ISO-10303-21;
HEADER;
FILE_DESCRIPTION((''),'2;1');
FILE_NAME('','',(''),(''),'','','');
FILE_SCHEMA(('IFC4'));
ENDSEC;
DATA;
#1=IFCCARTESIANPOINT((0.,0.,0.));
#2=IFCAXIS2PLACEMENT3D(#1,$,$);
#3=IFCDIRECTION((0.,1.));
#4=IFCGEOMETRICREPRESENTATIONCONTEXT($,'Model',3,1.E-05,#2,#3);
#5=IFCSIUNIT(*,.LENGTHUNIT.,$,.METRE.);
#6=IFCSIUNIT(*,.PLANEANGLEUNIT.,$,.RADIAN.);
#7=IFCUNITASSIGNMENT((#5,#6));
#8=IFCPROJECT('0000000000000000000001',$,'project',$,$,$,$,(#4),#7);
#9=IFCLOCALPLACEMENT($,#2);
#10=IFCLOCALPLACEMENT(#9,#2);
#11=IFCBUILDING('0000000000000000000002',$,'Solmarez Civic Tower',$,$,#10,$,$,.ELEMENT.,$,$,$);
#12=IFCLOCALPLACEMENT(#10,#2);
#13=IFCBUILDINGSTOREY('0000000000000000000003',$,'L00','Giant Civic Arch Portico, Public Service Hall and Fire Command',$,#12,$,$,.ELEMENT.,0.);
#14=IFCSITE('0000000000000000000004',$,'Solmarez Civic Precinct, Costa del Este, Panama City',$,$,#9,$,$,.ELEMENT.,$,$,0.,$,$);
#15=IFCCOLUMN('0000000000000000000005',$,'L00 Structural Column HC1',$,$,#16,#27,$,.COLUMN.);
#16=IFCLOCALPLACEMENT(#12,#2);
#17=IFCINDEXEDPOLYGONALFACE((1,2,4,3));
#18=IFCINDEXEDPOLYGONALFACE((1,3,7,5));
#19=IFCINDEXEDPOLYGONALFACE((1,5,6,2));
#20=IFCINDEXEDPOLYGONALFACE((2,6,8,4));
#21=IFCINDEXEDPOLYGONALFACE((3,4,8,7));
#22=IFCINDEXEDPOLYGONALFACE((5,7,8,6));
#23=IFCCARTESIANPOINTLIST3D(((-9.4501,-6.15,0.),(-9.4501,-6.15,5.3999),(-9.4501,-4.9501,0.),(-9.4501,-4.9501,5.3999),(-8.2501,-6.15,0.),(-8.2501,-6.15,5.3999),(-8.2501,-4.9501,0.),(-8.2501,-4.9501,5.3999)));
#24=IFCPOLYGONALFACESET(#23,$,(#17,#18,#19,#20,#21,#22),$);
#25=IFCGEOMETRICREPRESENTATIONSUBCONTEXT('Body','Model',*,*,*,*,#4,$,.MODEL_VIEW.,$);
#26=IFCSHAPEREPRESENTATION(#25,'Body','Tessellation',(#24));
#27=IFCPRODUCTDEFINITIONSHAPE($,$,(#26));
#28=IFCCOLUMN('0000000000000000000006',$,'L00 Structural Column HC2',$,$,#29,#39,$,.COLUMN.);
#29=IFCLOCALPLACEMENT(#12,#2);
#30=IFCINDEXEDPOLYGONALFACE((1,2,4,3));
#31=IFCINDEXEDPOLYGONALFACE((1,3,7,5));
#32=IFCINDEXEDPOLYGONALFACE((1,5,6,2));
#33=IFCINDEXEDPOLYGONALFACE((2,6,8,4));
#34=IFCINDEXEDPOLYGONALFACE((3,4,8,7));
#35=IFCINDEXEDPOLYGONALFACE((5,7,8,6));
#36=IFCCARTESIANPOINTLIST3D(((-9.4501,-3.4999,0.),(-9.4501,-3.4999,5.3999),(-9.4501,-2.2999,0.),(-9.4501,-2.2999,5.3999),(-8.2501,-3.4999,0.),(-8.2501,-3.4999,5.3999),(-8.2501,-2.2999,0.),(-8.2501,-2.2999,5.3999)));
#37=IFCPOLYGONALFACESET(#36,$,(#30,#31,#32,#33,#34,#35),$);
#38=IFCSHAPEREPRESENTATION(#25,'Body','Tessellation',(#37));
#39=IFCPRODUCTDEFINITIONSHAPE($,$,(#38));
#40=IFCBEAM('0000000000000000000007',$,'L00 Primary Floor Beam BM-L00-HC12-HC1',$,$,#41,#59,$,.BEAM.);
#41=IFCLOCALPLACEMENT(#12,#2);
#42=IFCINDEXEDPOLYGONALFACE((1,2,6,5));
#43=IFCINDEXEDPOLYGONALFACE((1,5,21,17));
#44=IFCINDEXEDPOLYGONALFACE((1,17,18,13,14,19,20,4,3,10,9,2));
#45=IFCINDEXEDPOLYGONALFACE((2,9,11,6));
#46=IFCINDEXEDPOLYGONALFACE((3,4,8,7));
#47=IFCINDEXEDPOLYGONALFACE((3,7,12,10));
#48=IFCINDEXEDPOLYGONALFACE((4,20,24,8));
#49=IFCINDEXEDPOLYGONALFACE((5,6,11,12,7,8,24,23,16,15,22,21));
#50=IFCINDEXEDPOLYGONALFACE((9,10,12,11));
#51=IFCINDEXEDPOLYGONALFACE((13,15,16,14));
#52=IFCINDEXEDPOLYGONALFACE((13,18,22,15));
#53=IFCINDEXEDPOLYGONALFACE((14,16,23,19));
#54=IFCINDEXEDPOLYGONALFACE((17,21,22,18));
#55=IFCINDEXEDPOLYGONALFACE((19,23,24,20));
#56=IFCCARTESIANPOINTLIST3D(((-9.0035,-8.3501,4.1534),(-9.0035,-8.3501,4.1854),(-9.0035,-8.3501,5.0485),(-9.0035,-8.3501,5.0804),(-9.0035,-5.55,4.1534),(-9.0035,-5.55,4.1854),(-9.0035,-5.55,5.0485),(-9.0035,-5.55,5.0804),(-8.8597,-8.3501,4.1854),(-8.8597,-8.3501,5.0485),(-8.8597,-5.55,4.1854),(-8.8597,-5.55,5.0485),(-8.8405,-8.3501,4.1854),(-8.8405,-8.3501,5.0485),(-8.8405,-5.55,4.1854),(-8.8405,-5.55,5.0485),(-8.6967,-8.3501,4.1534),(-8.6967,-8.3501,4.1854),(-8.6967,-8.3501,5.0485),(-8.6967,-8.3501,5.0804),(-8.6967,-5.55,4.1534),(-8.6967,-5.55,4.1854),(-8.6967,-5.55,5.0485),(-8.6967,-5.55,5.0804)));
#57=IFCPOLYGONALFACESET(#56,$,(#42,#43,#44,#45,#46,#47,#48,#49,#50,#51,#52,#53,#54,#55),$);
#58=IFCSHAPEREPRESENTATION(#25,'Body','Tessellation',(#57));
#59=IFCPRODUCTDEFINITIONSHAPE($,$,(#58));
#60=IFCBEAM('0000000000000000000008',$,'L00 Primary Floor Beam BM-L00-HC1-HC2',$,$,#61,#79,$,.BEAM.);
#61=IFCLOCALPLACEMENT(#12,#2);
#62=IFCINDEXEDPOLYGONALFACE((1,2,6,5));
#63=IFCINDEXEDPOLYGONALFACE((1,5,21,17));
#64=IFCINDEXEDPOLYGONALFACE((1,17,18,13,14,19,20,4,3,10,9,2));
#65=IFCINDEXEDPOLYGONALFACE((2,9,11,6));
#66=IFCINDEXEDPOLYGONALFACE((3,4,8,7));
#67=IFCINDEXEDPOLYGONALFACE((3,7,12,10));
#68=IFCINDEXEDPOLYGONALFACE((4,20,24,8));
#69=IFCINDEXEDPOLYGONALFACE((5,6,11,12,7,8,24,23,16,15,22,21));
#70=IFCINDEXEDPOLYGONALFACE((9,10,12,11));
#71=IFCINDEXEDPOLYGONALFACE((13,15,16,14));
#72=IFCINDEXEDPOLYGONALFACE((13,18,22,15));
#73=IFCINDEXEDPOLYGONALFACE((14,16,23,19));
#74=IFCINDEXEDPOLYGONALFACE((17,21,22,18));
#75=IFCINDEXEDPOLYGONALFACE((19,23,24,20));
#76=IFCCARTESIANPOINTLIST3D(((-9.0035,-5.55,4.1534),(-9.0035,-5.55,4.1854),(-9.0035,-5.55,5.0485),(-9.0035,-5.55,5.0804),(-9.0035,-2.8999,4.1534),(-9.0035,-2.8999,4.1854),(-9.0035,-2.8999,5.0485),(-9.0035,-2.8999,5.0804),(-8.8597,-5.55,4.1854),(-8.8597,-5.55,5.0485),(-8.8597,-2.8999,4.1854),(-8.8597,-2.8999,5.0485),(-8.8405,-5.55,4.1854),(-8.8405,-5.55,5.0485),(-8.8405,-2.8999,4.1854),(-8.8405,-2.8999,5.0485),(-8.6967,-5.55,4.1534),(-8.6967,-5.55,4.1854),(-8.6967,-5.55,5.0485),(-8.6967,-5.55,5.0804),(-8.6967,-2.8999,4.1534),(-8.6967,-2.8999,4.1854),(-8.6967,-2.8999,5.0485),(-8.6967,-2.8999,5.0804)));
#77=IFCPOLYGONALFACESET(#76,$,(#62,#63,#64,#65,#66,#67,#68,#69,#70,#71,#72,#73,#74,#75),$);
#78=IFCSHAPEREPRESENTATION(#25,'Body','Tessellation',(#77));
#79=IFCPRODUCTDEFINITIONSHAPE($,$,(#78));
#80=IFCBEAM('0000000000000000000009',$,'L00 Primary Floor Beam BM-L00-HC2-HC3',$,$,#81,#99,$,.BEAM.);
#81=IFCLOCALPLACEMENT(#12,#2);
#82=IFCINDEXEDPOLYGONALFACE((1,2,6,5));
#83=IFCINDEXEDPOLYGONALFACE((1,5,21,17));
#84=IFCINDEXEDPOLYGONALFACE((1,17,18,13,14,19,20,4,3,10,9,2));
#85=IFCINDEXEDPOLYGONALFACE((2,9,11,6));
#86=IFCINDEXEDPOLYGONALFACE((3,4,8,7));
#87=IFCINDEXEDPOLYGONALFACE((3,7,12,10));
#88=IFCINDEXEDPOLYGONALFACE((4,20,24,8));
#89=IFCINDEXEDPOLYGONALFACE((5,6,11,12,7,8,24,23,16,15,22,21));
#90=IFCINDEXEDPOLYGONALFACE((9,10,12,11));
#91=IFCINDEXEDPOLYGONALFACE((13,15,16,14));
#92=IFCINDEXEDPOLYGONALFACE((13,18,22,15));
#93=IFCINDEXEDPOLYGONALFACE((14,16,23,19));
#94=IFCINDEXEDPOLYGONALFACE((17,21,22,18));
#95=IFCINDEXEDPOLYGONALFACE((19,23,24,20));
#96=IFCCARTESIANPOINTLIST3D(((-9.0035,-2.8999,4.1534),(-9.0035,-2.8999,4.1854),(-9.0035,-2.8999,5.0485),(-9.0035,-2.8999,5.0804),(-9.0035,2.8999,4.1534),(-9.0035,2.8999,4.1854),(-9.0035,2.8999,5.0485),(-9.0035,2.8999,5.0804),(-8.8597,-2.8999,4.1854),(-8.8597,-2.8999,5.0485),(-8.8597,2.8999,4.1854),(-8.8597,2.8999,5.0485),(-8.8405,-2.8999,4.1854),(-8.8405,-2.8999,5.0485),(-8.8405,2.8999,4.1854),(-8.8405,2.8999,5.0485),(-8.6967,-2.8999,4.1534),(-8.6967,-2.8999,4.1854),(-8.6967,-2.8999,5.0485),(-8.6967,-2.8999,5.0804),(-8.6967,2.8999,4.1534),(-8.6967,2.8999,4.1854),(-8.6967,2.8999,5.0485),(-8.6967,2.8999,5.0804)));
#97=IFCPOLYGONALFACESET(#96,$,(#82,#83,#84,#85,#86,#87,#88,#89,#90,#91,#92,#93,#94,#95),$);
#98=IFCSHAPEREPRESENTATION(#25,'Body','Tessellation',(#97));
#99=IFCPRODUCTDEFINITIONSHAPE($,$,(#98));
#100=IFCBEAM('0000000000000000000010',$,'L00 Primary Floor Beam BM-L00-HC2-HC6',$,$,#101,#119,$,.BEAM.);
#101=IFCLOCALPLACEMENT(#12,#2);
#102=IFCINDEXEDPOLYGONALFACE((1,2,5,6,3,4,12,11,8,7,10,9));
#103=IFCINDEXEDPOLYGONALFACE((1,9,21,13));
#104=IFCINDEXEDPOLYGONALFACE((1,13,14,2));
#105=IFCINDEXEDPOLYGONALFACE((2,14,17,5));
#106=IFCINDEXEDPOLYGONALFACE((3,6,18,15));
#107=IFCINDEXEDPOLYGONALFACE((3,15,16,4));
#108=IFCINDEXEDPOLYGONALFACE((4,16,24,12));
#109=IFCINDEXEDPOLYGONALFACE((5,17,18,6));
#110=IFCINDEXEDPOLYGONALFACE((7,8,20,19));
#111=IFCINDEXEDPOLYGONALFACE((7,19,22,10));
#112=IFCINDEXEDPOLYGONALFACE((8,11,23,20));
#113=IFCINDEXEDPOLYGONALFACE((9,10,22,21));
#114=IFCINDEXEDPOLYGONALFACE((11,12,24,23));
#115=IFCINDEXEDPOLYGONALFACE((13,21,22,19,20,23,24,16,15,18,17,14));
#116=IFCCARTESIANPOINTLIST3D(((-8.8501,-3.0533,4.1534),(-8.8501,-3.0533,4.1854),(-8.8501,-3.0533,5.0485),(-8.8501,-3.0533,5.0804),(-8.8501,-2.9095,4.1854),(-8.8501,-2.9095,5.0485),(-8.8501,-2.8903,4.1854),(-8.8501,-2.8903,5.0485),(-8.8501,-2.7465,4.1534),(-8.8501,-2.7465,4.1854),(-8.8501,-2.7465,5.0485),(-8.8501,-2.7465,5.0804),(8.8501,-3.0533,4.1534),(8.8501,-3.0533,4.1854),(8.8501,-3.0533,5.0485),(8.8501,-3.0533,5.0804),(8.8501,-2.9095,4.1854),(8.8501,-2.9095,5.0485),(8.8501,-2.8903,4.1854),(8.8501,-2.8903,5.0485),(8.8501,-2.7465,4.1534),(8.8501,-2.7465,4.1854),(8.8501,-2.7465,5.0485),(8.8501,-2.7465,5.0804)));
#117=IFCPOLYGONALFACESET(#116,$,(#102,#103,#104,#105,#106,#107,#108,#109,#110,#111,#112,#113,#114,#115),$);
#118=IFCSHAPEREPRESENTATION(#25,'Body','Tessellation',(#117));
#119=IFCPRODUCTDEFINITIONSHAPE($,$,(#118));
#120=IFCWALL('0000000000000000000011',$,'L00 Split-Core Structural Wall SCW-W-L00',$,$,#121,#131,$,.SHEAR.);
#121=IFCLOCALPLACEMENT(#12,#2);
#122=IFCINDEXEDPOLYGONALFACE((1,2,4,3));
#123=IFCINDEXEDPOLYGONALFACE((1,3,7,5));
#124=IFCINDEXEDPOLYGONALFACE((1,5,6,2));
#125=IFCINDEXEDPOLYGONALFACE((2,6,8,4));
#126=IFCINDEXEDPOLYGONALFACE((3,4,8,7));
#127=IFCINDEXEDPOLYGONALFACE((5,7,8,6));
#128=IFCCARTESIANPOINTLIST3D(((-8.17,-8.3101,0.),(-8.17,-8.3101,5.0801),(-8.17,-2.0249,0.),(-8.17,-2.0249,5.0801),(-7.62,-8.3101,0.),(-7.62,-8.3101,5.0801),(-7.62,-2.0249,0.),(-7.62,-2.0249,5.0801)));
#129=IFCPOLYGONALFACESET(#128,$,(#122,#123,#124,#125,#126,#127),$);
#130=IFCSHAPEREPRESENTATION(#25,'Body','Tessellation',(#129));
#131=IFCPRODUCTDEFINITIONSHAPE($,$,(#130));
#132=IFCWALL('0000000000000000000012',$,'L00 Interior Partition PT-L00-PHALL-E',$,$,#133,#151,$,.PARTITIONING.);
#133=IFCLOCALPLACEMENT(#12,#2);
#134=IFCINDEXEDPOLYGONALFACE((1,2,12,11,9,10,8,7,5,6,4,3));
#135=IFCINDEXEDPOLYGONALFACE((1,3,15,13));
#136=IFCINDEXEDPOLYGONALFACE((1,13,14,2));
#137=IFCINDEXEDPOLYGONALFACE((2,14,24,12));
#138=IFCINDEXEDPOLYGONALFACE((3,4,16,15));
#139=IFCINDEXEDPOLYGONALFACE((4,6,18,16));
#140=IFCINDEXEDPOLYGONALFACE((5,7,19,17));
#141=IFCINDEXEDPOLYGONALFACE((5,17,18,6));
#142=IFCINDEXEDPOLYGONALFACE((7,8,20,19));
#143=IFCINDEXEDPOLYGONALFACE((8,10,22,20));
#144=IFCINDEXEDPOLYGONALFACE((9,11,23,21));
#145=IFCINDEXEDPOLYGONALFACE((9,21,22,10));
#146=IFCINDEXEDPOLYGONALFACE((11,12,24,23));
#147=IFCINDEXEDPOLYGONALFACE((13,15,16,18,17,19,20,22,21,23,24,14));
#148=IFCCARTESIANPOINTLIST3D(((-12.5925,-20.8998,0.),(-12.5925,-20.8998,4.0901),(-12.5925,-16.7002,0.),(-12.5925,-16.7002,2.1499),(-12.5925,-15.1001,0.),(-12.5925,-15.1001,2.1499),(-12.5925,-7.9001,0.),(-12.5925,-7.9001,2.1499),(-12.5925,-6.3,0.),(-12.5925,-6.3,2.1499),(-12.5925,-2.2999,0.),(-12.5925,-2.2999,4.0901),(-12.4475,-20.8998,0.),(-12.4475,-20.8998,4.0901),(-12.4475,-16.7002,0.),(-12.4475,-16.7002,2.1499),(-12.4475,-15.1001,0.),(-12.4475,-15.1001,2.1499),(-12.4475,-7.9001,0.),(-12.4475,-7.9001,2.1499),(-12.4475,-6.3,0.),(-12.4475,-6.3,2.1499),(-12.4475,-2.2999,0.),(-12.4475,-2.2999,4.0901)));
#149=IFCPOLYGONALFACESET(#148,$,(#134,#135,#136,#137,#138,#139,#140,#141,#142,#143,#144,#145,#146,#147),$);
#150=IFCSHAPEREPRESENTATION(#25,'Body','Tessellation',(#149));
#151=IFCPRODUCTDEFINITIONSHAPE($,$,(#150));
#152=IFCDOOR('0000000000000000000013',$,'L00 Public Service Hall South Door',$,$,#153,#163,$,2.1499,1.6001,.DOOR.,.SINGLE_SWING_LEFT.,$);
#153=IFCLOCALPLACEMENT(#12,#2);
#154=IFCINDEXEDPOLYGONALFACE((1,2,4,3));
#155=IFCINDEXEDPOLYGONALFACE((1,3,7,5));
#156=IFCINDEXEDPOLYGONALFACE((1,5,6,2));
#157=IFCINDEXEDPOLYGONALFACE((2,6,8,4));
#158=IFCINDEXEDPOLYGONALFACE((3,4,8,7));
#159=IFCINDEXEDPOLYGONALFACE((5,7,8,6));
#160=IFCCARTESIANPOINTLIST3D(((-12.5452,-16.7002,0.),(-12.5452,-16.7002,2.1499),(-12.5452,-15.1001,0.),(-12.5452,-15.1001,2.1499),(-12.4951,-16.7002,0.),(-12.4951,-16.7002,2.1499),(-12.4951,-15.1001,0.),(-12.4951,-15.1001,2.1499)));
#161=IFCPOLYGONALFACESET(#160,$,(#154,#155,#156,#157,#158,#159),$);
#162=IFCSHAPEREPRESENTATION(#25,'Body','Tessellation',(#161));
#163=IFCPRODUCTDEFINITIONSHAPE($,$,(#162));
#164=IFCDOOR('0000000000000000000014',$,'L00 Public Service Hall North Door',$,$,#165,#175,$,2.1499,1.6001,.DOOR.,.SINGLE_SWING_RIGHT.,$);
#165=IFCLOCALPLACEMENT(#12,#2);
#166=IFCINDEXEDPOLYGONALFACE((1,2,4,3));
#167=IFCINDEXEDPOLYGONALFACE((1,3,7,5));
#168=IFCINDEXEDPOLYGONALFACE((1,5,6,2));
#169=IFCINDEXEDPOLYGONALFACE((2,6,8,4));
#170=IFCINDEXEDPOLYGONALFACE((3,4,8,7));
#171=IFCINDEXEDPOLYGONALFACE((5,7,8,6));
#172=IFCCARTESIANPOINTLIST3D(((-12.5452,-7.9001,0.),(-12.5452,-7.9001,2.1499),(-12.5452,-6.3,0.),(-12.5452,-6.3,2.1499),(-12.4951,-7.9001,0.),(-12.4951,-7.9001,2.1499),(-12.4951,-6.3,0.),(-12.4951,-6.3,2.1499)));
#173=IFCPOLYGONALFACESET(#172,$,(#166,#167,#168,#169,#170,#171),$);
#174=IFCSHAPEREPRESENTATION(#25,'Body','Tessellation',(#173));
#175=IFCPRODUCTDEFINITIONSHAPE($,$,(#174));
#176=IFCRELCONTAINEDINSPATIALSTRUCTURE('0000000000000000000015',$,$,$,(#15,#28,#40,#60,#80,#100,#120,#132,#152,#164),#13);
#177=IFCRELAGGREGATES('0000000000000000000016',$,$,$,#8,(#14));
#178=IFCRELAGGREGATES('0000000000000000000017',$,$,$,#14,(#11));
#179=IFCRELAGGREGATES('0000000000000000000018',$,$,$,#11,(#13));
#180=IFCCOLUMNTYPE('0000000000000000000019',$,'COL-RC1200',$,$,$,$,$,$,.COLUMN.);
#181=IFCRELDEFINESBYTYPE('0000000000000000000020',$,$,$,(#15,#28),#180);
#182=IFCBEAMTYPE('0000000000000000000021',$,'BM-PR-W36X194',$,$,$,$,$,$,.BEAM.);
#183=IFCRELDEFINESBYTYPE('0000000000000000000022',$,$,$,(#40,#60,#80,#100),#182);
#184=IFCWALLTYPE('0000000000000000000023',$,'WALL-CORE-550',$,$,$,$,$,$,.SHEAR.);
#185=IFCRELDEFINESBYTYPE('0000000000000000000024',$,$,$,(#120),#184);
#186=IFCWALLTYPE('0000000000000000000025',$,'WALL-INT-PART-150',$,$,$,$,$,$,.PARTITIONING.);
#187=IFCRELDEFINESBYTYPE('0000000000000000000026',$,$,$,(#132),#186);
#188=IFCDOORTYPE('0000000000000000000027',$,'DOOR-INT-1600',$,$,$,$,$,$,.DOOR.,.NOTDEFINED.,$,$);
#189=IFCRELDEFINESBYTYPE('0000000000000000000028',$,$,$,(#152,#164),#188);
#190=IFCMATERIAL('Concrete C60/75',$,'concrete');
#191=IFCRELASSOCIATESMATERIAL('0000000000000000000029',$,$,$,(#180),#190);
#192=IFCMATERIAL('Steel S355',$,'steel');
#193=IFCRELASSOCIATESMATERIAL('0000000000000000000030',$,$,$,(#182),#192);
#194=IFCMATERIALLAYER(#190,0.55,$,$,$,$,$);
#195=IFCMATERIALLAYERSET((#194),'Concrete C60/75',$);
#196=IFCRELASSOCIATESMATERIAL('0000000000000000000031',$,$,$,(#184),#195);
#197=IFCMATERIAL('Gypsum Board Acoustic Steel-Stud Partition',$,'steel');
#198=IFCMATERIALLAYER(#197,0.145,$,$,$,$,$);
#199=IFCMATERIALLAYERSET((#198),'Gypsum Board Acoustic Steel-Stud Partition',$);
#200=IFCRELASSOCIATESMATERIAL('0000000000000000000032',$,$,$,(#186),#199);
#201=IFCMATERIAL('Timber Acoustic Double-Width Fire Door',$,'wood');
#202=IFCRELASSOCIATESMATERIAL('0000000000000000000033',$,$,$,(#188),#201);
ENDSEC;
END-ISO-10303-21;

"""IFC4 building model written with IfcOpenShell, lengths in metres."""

from ifc_helpers import new_model, si_unit, direction, frame, frame_2d, origin, origin_2d, place, context, subcontext, project, spatial, rectangle, i_section, extrude, material, layer, layer_set, material_profile, profile_set, type_object, element, fill, save


model = new_model("IFC4")

# Units and contexts
model_context = context("Model", 3, precision=1e-05, world=origin(), true_north=direction((0.0, 1.0)))
body_context = subcontext(model_context, "Body", "Model", "MODEL_VIEW")
ifc_project = project(units=[si_unit("LENGTHUNIT", "METRE"), si_unit("PLANEANGLEUNIT", "RADIAN")], contexts=[model_context])

# Site, building, storey
site_placement = place(None, origin())
site = spatial("IfcSite", under=ifc_project, at=site_placement, Name="Solmarez Civic Precinct, Costa del Este, Panama City", CompositionType="ELEMENT", RefElevation=0.0)
building_placement = place(site_placement, origin())
building = spatial("IfcBuilding", under=site, at=building_placement, Name="Solmarez Civic Tower", CompositionType="ELEMENT")
storey_placement = place(building_placement, origin())
storey = spatial("IfcBuildingStorey", under=building, at=storey_placement, Name="L00", Description="Giant Civic Arch Portico, Public Service Hall and Fire Command", CompositionType="ELEMENT", Elevation=0.0)

# Columns
ifc_material_1 = material(Name="Concrete C60/75", Category="concrete")
ifc_material_profile_1 = material_profile(ifc_material_1, rectangle(XDim=1.2, YDim=1.2, at=origin_2d()), Name="RC1200X1200")
ifc_profile_set_1 = profile_set([ifc_material_profile_1], Name="Concrete C60/75")
column_type = type_object("IfcColumnType", Name="COL-RC1200", PredefinedType="COLUMN", material=ifc_profile_set_1)
for number, where, z_axis, x_axis, name in (
    (1, (-8.8501, -5.55, 0.0), (0.0, 0.0, 1.0), (1.0, 0.0, 0.0), "L00 Structural Column HC1"),
    (2, (-8.8501, -2.8999, 0.0), (0.0, 0.0, 1.0), (1.0, 0.0, 0.0), "L00 Structural Column HC2"),
):
    element("IfcColumn", number, at=place(storey_placement, frame(where, z_axis=z_axis, x_axis=x_axis)), inside=storey, type_object=column_type, Name=name, PredefinedType="COLUMN", context=body_context, shape_type="SweptSolid", body=[
        extrude(rectangle(XDim=1.2, YDim=1.2, at=origin_2d()), origin(), (0.0, 0.0, 1.0), 5.3999),
    ])

# Beams
ifc_material_2 = material(Name="Steel S355", Category="steel")
ifc_material_profile_2 = material_profile(ifc_material_2, i_section(OverallWidth=0.3069, OverallDepth=0.927, WebThickness=0.0193, FlangeThickness=0.032, at=origin_2d()), Name="W36X194")
ifc_profile_set_2 = profile_set([ifc_material_profile_2], Name="Steel S355")
beam_type = type_object("IfcBeamType", Name="BM-PR-W36X194", PredefinedType="BEAM", material=ifc_profile_set_2)
beam_1_placement = place(storey_placement, frame((-8.8501, -8.3501, 4.6169), z_axis=(0.0, 1.0, 0.0), x_axis=(-1.0, 0.0, 0.0)))
element("IfcBeam", 3, at=beam_1_placement, inside=storey, type_object=beam_type, Name="L00 Primary Floor Beam BM-L00-HC12-HC1", PredefinedType="BEAM", context=body_context, shape_type="SweptSolid", body=[
    extrude(i_section(OverallWidth=0.3069, OverallDepth=0.927, WebThickness=0.0193, FlangeThickness=0.032, at=origin_2d()), origin(), (0.0, 0.0, 1.0), 2.8),
])
beam_2_placement = place(storey_placement, frame((-8.8501, -5.55, 4.6169), z_axis=(0.0, 1.0, 0.0), x_axis=(-1.0, 0.0, 0.0)))
element("IfcBeam", 4, at=beam_2_placement, inside=storey, type_object=beam_type, Name="L00 Primary Floor Beam BM-L00-HC1-HC2", PredefinedType="BEAM", context=body_context, shape_type="SweptSolid", body=[
    extrude(i_section(OverallWidth=0.3069, OverallDepth=0.927, WebThickness=0.0193, FlangeThickness=0.032, at=origin_2d()), origin(), (0.0, 0.0, 1.0), 2.6501),
])
beam_3_placement = place(storey_placement, frame((-8.8501, -2.8999, 4.6169), z_axis=(0.0, 1.0, 0.0), x_axis=(-1.0, 0.0, 0.0)))
element("IfcBeam", 5, at=beam_3_placement, inside=storey, type_object=beam_type, Name="L00 Primary Floor Beam BM-L00-HC2-HC3", PredefinedType="BEAM", context=body_context, shape_type="SweptSolid", body=[
    extrude(i_section(OverallWidth=0.3069, OverallDepth=0.927, WebThickness=0.0193, FlangeThickness=0.032, at=origin_2d()), origin(), (0.0, 0.0, 1.0), 5.7998),
])
beam_4_placement = place(storey_placement, frame((-8.8501, -2.8999, 4.6169), z_axis=(1.0, 0.0, 0.0), x_axis=(0.0, 1.0, 0.0)))
element("IfcBeam", 6, at=beam_4_placement, inside=storey, type_object=beam_type, Name="L00 Primary Floor Beam BM-L00-HC2-HC6", PredefinedType="BEAM", context=body_context, shape_type="SweptSolid", body=[
    extrude(i_section(OverallWidth=0.3069, OverallDepth=0.927, WebThickness=0.0193, FlangeThickness=0.032, at=origin_2d()), origin(), (0.0, 0.0, 1.0), 17.7002),
])

# Shared definitions
ifc_layer_1 = layer(ifc_material_1, 0.55)
ifc_layer_set_1 = layer_set([ifc_layer_1], Name="Concrete C60/75")
wall_type_1 = type_object("IfcWallType", Name="WALL-CORE-550", PredefinedType="SHEAR", material=ifc_layer_set_1)

# Wall
wall_1_placement = place(storey_placement, frame((-7.895, -8.3101, 0.0), z_axis=(0.0, 0.0, 1.0), x_axis=(0.0, 1.0, 0.0)))
element("IfcWall", 7, at=wall_1_placement, inside=storey, type_object=wall_type_1, Name="L00 Split-Core Structural Wall SCW-W-L00", PredefinedType="SHEAR", context=body_context, shape_type="SweptSolid", body=[
    extrude(rectangle(XDim=6.2852, YDim=0.55, at=frame_2d((3.1426, 0.0))), origin(), (0.0, 0.0, 1.0), 5.0801),
])

# Wall, openings, doors
ifc_material_3 = material(Name="Gypsum Board Acoustic Steel-Stud Partition", Category="steel")
ifc_layer_2 = layer(ifc_material_3, 0.145)
ifc_layer_set_2 = layer_set([ifc_layer_2], Name="Gypsum Board Acoustic Steel-Stud Partition")
wall_type_2 = type_object("IfcWallType", Name="WALL-INT-PART-150", PredefinedType="PARTITIONING", material=ifc_layer_set_2)
wall_2_placement = place(storey_placement, frame((-12.52, -2.3, 0.0), z_axis=(0.0, 0.0, 1.0), x_axis=(0.0, -1.0, 0.0)))
wall_2 = element("IfcWall", 8, at=wall_2_placement, inside=storey, type_object=wall_type_2, Name="L00 Interior Partition PT-L00-PHALL-E", PredefinedType="PARTITIONING", context=body_context, shape_type="SweptSolid", body=[
    extrude(rectangle(XDim=18.5999, YDim=0.145, at=frame_2d((9.2998, 0.0))), origin(), (0.0, 0.0, 1.0), 4.0901),
])
opening_1_placement = place(wall_2_placement, frame((12.8, 0.0, 0.0)))
opening_1 = element("IfcOpeningElement", 9, at=opening_1_placement, cuts=wall_2, PredefinedType="OPENING", context=body_context, shape_type="SweptSolid", body=[
    extrude(rectangle(XDim=1.6001, YDim=2.1499, at=frame_2d((0.8, 1.075))), frame((0.0, 0.0825, 0.0), z_axis=(0.0, -1.0, 0.0), x_axis=(1.0, 0.0, 0.0)), (0.0, 0.0, 1.0), 0.165),
])
opening_2_placement = place(wall_2_placement, frame((4.0, 0.0, 0.0)))
opening_2 = element("IfcOpeningElement", 10, at=opening_2_placement, cuts=wall_2, PredefinedType="OPENING", context=body_context, shape_type="SweptSolid", body=[
    extrude(rectangle(XDim=1.6001, YDim=2.1499, at=frame_2d((0.8, 1.075))), frame((0.0, 0.0825, 0.0), z_axis=(0.0, -1.0, 0.0), x_axis=(1.0, 0.0, 0.0)), (0.0, 0.0, 1.0), 0.165),
])
ifc_material_4 = material(Name="Timber Acoustic Double-Width Fire Door", Category="wood")
door_type_1 = type_object("IfcDoorType", Name="DOOR-INT-1600", OperationType="NOTDEFINED", PredefinedType="DOOR", material=ifc_material_4)
door_1_placement = place(opening_1_placement, origin())
door_1 = element("IfcDoor", 11, at=door_1_placement, inside=storey, type_object=door_type_1, Name="L00 Public Service Hall South Door", OperationType="SINGLE_SWING_LEFT", OverallHeight=2.1499, OverallWidth=1.6001, PredefinedType="DOOR", context=body_context, shape_type="SweptSolid", body=[
    extrude(rectangle(XDim=1.6001, YDim=2.1499, at=frame_2d((0.8, 1.075))), frame((0.0, 0.0249, 0.0), z_axis=(0.0, -1.0, 0.0), x_axis=(1.0, 0.0, 0.0)), (0.0, 0.0, 1.0), 0.05),
])
fill(opening_1, door_1)
door_2_placement = place(opening_2_placement, origin())
door_2 = element("IfcDoor", 12, at=door_2_placement, inside=storey, type_object=door_type_1, Name="L00 Public Service Hall North Door", OperationType="SINGLE_SWING_RIGHT", OverallHeight=2.1499, OverallWidth=1.6001, PredefinedType="DOOR", context=body_context, shape_type="SweptSolid", body=[
    extrude(rectangle(XDim=1.6001, YDim=2.1499, at=frame_2d((0.8, 1.075))), frame((0.0, 0.0249, 0.0), z_axis=(0.0, -1.0, 0.0), x_axis=(1.0, 0.0, 0.0)), (0.0, 0.0, 1.0), 0.05),
])
fill(opening_2, door_2)

save(model, "model.ifc")
